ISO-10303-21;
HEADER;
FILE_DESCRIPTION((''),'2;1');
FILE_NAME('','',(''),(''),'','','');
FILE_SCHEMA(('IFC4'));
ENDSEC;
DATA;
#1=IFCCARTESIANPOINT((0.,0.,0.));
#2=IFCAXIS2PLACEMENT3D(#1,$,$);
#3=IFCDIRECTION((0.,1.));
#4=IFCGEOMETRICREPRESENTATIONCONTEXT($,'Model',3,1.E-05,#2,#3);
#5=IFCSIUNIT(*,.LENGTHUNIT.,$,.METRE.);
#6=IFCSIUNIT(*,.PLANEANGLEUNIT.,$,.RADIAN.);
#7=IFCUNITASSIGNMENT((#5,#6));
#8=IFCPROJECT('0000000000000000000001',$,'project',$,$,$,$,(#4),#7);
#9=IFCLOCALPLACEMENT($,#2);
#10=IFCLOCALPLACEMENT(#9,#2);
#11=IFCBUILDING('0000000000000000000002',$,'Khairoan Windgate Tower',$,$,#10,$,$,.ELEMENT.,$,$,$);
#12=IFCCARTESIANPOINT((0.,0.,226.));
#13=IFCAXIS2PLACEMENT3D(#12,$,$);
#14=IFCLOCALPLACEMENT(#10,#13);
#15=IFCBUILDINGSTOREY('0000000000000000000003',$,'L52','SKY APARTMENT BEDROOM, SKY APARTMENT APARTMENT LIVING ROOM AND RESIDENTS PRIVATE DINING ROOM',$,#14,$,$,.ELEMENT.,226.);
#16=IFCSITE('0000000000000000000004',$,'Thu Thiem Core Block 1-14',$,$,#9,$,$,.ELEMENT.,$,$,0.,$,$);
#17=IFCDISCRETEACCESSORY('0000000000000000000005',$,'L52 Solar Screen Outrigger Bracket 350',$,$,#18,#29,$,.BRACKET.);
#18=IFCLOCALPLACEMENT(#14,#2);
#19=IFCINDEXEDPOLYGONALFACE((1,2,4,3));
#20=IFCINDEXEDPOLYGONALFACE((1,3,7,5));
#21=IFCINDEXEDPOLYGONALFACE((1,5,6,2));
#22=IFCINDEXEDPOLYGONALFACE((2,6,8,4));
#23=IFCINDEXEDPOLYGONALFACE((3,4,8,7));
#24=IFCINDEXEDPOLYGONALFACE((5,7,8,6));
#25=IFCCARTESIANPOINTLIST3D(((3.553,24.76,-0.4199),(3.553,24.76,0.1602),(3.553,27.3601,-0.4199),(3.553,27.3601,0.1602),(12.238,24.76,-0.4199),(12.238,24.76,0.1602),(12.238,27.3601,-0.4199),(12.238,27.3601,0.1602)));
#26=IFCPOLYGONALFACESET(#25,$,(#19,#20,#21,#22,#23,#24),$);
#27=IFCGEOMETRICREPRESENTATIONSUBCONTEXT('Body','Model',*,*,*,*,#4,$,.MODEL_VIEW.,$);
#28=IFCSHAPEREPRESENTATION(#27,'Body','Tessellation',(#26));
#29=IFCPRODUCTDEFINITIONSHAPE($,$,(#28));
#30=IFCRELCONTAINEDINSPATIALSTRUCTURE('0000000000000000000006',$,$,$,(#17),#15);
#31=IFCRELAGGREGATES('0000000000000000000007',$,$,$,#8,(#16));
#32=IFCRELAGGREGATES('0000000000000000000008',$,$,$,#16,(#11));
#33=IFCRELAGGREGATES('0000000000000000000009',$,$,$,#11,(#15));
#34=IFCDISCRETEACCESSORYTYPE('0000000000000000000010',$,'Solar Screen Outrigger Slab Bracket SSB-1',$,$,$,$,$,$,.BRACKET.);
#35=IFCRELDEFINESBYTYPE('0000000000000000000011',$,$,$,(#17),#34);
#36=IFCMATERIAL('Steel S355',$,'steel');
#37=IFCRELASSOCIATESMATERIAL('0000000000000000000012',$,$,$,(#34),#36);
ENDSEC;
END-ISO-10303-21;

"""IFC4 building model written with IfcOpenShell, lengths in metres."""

from ifc_helpers import new_model, si_unit, direction, frame, origin, origin_2d, place, context, subcontext, project, spatial, rectangle, extrude, material, type_object, element, save


model = new_model("IFC4")

# Units and contexts
model_context = context("Model", 3, precision=1e-05, world=origin(), true_north=direction((0.0, 1.0)))
body_context = subcontext(model_context, "Body", "Model", "MODEL_VIEW")
ifc_project = project(units=[si_unit("LENGTHUNIT", "METRE"), si_unit("PLANEANGLEUNIT", "RADIAN")], contexts=[model_context])

# Site, building, storey
site_placement = place(None, origin())
site = spatial("IfcSite", under=ifc_project, at=site_placement, Name="Thu Thiem Core Block 1-14", CompositionType="ELEMENT", RefElevation=0.0)
building_placement = place(site_placement, origin())
building = spatial("IfcBuilding", under=site, at=building_placement, Name="Khairoan Windgate Tower", CompositionType="ELEMENT")
storey_placement = place(building_placement, frame((0.0, 0.0, 226.0)))
storey = spatial("IfcBuildingStorey", under=building, at=storey_placement, Name="L52", Description="SKY APARTMENT BEDROOM, SKY APARTMENT APARTMENT LIVING ROOM AND RESIDENTS PRIVATE DINING ROOM", CompositionType="ELEMENT", Elevation=226.0)

# Discrete accessory
ifc_material_1 = material(Name="Steel S355", Category="steel")
discrete_accessory_type = type_object("IfcDiscreteAccessoryType", Name="Solar Screen Outrigger Slab Bracket SSB-1", PredefinedType="BRACKET", material=ifc_material_1)
discrete_accessory_placement = place(storey_placement, frame((7.8955, 26.0601, -0.4199), z_axis=(0.0, 0.0, 1.0), x_axis=(1.0, 0.0, 0.0)))
element("IfcDiscreteAccessory", 1, at=discrete_accessory_placement, inside=storey, type_object=discrete_accessory_type, Name="L52 Solar Screen Outrigger Bracket 350", PredefinedType="BRACKET", context=body_context, shape_type="SweptSolid", body=[
    extrude(rectangle(XDim=8.6851, YDim=2.6001, at=origin_2d()), origin(), (0.0, 0.0, 1.0), 0.5801),
])

save(model, "model.ifc")
